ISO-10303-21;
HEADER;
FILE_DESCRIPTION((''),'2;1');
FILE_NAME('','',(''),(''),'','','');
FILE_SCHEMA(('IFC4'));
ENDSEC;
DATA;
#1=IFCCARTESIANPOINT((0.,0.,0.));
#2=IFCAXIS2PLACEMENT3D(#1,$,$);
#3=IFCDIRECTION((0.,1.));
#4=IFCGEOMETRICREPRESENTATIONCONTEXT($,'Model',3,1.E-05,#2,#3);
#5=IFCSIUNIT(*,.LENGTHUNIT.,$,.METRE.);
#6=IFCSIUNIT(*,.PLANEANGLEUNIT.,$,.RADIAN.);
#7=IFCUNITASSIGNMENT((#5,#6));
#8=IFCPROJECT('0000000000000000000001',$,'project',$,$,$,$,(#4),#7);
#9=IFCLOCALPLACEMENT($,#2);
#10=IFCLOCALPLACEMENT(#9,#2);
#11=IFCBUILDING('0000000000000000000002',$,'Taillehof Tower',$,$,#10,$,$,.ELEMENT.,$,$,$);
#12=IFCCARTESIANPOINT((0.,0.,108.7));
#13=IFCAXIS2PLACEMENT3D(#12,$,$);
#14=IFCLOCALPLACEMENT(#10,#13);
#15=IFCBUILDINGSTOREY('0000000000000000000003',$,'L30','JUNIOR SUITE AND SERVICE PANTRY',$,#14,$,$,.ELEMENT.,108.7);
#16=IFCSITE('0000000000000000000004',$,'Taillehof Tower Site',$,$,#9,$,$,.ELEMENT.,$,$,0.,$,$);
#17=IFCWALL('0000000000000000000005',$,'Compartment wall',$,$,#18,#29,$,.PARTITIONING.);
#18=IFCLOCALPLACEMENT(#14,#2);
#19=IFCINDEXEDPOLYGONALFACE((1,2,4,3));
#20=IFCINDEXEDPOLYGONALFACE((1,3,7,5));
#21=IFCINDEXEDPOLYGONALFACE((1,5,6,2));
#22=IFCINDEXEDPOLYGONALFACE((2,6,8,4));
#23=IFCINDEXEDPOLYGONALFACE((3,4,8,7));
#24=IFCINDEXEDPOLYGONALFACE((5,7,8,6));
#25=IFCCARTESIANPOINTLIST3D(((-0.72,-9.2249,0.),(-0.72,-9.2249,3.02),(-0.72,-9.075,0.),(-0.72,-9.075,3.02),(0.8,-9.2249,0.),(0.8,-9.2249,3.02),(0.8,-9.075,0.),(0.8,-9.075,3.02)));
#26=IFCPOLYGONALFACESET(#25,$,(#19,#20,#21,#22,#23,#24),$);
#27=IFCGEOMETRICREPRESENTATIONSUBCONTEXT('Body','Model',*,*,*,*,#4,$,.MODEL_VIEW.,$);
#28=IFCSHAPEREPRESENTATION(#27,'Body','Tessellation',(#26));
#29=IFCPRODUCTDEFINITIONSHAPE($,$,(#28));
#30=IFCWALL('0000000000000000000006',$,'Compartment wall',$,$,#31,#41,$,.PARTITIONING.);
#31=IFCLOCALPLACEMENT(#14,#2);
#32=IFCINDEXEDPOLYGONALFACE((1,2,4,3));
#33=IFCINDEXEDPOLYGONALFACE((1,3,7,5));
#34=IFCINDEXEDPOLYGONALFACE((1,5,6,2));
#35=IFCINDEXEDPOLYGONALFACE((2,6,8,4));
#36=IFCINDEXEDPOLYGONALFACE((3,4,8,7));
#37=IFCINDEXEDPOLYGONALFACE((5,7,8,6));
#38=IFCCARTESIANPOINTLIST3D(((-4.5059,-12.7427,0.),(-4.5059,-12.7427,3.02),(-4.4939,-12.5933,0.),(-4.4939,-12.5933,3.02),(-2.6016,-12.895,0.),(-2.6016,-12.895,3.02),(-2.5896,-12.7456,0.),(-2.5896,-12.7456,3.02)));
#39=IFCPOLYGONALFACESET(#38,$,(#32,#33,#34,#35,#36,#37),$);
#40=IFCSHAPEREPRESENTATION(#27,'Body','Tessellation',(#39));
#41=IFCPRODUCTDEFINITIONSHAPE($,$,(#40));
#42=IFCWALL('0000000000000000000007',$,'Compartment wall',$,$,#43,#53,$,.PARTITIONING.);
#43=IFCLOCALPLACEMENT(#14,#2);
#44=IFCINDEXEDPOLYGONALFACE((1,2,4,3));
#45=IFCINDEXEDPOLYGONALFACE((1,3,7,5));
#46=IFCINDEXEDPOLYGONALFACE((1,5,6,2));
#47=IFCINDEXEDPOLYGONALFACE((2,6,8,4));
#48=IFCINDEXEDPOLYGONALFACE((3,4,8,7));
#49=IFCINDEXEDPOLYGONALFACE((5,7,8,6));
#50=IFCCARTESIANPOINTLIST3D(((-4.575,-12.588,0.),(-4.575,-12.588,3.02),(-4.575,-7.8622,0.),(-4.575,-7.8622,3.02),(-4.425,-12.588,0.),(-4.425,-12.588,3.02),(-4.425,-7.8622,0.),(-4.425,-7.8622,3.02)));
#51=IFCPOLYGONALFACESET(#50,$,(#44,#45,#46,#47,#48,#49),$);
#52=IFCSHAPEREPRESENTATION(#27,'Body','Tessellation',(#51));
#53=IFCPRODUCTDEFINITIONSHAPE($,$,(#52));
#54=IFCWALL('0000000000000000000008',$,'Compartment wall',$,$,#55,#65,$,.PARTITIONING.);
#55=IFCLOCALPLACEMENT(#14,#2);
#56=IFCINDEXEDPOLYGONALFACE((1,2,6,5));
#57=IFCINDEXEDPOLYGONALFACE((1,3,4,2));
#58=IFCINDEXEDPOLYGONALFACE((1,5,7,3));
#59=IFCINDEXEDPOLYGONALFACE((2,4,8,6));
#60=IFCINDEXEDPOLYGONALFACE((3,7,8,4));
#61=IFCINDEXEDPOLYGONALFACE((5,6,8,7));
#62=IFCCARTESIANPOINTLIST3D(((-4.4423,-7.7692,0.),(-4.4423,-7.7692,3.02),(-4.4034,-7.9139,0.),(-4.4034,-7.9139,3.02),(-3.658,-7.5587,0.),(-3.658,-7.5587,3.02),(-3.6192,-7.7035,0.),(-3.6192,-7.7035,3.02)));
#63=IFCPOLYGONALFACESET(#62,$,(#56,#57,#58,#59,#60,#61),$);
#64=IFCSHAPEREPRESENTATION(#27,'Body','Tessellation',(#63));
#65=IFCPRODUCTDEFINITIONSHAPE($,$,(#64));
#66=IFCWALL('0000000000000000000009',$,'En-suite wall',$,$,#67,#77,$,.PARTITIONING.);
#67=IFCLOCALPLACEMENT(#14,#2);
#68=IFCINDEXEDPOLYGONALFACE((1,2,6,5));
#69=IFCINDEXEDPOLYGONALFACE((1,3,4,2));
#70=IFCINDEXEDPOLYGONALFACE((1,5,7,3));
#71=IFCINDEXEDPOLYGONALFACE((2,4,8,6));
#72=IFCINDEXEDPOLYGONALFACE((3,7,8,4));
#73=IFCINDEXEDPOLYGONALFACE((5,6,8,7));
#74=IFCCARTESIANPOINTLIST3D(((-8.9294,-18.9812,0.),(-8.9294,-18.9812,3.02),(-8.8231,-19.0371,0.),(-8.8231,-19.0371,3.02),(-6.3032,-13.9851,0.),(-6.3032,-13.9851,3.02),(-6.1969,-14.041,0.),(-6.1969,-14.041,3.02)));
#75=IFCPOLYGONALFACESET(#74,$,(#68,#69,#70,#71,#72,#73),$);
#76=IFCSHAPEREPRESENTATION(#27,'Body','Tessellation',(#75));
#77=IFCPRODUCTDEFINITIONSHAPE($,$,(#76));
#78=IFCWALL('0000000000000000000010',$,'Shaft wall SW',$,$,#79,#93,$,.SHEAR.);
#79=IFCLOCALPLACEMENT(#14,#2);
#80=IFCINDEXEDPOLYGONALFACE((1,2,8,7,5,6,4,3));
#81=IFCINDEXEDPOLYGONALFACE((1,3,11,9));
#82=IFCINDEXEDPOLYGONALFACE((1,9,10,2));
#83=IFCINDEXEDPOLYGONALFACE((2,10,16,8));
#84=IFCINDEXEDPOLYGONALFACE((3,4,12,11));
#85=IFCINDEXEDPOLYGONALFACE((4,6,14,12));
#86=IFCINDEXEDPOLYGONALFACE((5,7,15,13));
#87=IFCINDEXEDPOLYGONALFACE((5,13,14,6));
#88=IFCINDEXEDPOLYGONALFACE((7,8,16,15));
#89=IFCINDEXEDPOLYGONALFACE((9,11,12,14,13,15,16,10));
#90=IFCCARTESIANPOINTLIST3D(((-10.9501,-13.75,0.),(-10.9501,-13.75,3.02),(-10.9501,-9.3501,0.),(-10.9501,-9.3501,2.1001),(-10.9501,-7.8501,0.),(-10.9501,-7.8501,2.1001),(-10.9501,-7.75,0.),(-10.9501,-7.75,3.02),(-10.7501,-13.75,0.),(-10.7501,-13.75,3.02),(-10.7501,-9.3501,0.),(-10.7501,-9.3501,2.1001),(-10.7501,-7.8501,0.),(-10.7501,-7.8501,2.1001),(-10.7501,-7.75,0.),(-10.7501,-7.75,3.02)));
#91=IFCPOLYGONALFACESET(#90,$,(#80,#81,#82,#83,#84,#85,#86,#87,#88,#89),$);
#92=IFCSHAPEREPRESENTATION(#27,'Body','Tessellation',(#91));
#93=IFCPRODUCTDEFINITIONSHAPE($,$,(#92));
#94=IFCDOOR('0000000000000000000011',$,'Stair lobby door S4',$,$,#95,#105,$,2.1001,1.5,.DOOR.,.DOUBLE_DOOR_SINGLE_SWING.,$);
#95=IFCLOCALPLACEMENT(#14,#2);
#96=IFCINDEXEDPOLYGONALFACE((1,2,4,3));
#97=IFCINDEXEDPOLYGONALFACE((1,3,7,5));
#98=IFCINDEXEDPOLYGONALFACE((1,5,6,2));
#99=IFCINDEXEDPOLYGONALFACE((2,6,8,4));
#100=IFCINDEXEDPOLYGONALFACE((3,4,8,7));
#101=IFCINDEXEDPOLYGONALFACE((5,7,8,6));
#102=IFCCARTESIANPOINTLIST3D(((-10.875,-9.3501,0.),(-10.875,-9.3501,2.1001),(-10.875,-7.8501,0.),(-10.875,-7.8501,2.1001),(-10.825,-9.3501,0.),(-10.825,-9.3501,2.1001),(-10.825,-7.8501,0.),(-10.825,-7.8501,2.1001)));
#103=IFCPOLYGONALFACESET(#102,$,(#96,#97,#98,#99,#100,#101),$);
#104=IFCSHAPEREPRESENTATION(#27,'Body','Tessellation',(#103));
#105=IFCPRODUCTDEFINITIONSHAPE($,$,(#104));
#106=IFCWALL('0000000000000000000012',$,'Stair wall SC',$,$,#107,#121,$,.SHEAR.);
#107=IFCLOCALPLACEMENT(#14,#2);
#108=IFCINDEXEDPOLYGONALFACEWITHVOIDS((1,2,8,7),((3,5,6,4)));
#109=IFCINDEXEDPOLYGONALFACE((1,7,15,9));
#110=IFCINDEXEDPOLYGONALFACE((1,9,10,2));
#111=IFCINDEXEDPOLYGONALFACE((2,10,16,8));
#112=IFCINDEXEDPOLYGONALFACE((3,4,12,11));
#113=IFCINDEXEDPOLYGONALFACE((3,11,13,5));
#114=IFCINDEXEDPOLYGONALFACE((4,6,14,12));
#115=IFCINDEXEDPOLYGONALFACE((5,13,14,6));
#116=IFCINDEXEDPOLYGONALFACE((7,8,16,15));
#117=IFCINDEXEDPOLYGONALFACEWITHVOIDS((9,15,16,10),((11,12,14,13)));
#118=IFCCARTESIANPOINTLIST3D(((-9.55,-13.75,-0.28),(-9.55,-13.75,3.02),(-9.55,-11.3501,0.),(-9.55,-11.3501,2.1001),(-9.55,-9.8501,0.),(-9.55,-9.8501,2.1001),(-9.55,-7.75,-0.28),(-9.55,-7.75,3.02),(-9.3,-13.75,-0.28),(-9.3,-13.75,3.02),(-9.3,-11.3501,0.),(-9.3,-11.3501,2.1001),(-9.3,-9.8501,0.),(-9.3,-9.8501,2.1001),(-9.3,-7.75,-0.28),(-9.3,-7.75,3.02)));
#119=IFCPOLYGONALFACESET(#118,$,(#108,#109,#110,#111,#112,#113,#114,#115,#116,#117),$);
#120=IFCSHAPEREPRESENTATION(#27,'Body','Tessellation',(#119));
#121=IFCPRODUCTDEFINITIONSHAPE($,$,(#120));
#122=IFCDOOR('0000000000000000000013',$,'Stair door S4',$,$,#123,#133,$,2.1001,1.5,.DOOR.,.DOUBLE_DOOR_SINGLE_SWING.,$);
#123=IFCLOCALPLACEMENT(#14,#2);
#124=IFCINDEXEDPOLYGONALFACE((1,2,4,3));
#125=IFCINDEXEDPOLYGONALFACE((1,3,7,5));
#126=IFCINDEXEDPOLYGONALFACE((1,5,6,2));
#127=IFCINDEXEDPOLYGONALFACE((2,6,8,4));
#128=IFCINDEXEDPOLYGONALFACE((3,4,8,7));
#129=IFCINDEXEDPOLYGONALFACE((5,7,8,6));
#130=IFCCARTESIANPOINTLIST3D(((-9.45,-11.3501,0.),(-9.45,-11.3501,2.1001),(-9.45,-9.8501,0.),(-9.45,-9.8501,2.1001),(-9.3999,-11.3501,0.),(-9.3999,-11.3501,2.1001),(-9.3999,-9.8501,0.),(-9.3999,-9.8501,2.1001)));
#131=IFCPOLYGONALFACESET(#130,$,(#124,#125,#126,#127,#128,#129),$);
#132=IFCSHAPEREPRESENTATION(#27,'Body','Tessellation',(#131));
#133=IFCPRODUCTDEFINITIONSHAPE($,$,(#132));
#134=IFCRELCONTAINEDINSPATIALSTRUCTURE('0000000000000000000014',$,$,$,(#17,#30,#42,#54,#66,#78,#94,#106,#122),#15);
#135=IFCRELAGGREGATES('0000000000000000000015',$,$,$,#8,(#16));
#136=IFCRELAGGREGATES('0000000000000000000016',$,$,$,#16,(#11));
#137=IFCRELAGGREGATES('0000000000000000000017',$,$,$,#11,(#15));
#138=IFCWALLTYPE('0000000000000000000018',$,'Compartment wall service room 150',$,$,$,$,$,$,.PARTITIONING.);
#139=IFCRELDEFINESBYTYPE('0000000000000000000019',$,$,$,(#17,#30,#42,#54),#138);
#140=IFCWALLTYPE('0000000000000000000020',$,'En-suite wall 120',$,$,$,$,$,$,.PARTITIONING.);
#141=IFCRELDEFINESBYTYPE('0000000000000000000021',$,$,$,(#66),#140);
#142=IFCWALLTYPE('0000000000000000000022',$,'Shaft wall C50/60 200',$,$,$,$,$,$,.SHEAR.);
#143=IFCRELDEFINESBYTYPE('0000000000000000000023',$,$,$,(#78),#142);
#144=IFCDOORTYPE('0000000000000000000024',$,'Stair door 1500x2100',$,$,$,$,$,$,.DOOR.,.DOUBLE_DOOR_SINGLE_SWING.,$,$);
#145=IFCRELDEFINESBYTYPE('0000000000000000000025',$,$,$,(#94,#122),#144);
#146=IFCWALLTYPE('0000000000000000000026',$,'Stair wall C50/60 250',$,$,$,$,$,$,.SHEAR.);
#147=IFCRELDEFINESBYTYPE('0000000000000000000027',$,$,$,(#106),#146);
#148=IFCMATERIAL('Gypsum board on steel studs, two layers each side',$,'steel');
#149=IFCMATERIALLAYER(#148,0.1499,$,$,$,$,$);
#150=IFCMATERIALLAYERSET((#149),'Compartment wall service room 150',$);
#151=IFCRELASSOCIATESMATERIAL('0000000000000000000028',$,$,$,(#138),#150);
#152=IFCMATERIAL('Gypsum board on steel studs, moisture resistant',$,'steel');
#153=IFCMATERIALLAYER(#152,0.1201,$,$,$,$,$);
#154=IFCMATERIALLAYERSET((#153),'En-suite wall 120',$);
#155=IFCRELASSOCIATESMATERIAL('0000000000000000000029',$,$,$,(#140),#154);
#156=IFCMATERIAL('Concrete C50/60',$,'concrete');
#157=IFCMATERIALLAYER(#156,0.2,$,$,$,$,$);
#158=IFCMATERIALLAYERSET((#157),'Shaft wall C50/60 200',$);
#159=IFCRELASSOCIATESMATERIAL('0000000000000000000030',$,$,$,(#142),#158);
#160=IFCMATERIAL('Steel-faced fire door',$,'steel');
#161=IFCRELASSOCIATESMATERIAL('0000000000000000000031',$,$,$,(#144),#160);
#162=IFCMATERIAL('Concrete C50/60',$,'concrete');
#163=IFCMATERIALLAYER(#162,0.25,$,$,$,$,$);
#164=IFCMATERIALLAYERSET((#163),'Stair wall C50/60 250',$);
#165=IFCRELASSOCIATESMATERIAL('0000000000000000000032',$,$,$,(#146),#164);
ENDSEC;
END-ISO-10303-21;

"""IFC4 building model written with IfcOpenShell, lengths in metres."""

from ifc_helpers import new_model, si_unit, direction, frame, frame_2d, origin, place, context, subcontext, project, spatial, rectangle, extrude, material, layer, layer_set, type_object, element, fill, save


model = new_model("IFC4")

# Units and contexts
model_context = context("Model", 3, precision=1e-05, world=origin(), true_north=direction((0.0, 1.0)))
body_context = subcontext(model_context, "Body", "Model", "MODEL_VIEW")
ifc_project = project(units=[si_unit("LENGTHUNIT", "METRE"), si_unit("PLANEANGLEUNIT", "RADIAN")], contexts=[model_context])

# Site, building, storey
site_placement = place(None, origin())
site = spatial("IfcSite", under=ifc_project, at=site_placement, Name="Taillehof Tower Site", CompositionType="ELEMENT", RefElevation=0.0)
building_placement = place(site_placement, origin())
building = spatial("IfcBuilding", under=site, at=building_placement, Name="Taillehof Tower", CompositionType="ELEMENT")
storey_placement = place(building_placement, frame((0.0, 0.0, 108.7)))
storey = spatial("IfcBuildingStorey", under=building, at=storey_placement, Name="L30", Description="JUNIOR SUITE AND SERVICE PANTRY", CompositionType="ELEMENT", Elevation=108.7)

# Walls
ifc_material_1 = material(Name="Gypsum board on steel studs, two layers each side", Category="steel")
ifc_layer_1 = layer(ifc_material_1, 0.1499)
ifc_layer_set_1 = layer_set([ifc_layer_1], Name="Compartment wall service room 150")
wall_type_1 = type_object("IfcWallType", Name="Compartment wall service room 150", PredefinedType="PARTITIONING", material=ifc_layer_set_1)
wall_1_placement = place(storey_placement, frame((-0.72, -9.1499, 0.0), z_axis=(0.0, 0.0, 1.0), x_axis=(1.0, 0.0, 0.0)))
element("IfcWall", 1, at=wall_1_placement, inside=storey, type_object=wall_type_1, Name="Compartment wall", PredefinedType="PARTITIONING", context=body_context, shape_type="SweptSolid", body=[
    extrude(rectangle(XDim=1.52, YDim=0.1499, at=frame_2d((0.76, 0.0))), origin(), (0.0, 0.0, 1.0), 3.02),
])
wall_2_placement = place(storey_placement, frame((-2.5957, -12.8203, 0.0), z_axis=(0.0, 0.0, 1.0), x_axis=(-0.996815, 0.079745, 0.0)))
element("IfcWall", 2, at=wall_2_placement, inside=storey, type_object=wall_type_1, Name="Compartment wall", PredefinedType="PARTITIONING", context=body_context, shape_type="SweptSolid", body=[
    extrude(rectangle(XDim=1.9104, YDim=0.1499, at=frame_2d((0.9551, 0.0))), origin(), (0.0, 0.0, 1.0), 3.02),
])
wall_3_placement = place(storey_placement, frame((-4.5, -12.5879, 0.0), z_axis=(0.0, 0.0, 1.0), x_axis=(0.0, 1.0, 0.0)))
element("IfcWall", 3, at=wall_3_placement, inside=storey, type_object=wall_type_1, Name="Compartment wall", PredefinedType="PARTITIONING", context=body_context, shape_type="SweptSolid", body=[
    extrude(rectangle(XDim=4.7258, YDim=0.1499, at=frame_2d((2.3628, 0.0))), origin(), (0.0, 0.0, 1.0), 3.02),
])
wall_4_placement = place(storey_placement, frame((-4.4229, -7.8416, 0.0), z_axis=(0.0, 0.0, 1.0), x_axis=(0.965824, 0.259197, 0.0)))
element("IfcWall", 4, at=wall_4_placement, inside=storey, type_object=wall_type_1, Name="Compartment wall", PredefinedType="PARTITIONING", context=body_context, shape_type="SweptSolid", body=[
    extrude(rectangle(XDim=0.812, YDim=0.1499, at=frame_2d((0.406, 0.0))), origin(), (0.0, 0.0, 1.0), 3.02),
])
ifc_material_2 = material(Name="Gypsum board on steel studs, moisture resistant", Category="steel")
ifc_layer_2 = layer(ifc_material_2, 0.1201)
ifc_layer_set_2 = layer_set([ifc_layer_2], Name="En-suite wall 120")
wall_type_2 = type_object("IfcWallType", Name="En-suite wall 120", PredefinedType="PARTITIONING", material=ifc_layer_set_2)
wall_5_placement = place(storey_placement, frame((-6.25, -14.0129, 0.0), z_axis=(0.0, 0.0, 1.0), x_axis=(-0.465288, -0.885159, 0.0)))
element("IfcWall", 5, at=wall_5_placement, inside=storey, type_object=wall_type_2, Name="En-suite wall", PredefinedType="PARTITIONING", context=body_context, shape_type="SweptSolid", body=[
    extrude(rectangle(XDim=5.6443, YDim=0.1201, at=frame_2d((2.8223, 0.0))), origin(), (0.0, 0.0, 1.0), 3.02),
])

# Walls, openings, doors
ifc_material_3 = material(Name="Concrete C50/60", Category="concrete")
ifc_layer_3 = layer(ifc_material_3, 0.2)
ifc_layer_set_3 = layer_set([ifc_layer_3], Name="Shaft wall C50/60 200")
wall_type_3 = type_object("IfcWallType", Name="Shaft wall C50/60 200", PredefinedType="SHEAR", material=ifc_layer_set_3)
wall_6_placement = place(storey_placement, frame((-10.8501, -13.75, 0.0), z_axis=(0.0, 0.0, 1.0), x_axis=(0.0, 1.0, 0.0)))
wall_6 = element("IfcWall", 6, at=wall_6_placement, inside=storey, type_object=wall_type_3, Name="Shaft wall SW", PredefinedType="SHEAR", context=body_context, shape_type="SweptSolid", body=[
    extrude(rectangle(XDim=6.0, YDim=0.2, at=frame_2d((3.0, 0.0))), origin(), (0.0, 0.0, 1.0), 3.02),
])
opening_1_placement = place(wall_6_placement, frame((4.3999, 0.0, 0.0)))
opening_1 = element("IfcOpeningElement", 7, at=opening_1_placement, cuts=wall_6, PredefinedType="OPENING", context=body_context, shape_type="SweptSolid", body=[
    extrude(rectangle(XDim=1.5, YDim=2.1001, at=frame_2d((0.75, 1.05))), frame((0.0, 0.1099, 0.0), z_axis=(0.0, -1.0, 0.0), x_axis=(1.0, 0.0, 0.0)), (0.0, 0.0, 1.0), 0.22),
])
ifc_material_4 = material(Name="Steel-faced fire door", Category="steel")
door_type = type_object("IfcDoorType", Name="Stair door 1500x2100", OperationType="DOUBLE_DOOR_SINGLE_SWING", PredefinedType="DOOR", material=ifc_material_4)
door_1_placement = place(opening_1_placement, origin())
door_1 = element("IfcDoor", 8, at=door_1_placement, inside=storey, type_object=door_type, Name="Stair lobby door S4", OperationType="DOUBLE_DOOR_SINGLE_SWING", OverallHeight=2.1001, OverallWidth=1.5, PredefinedType="DOOR", context=body_context, shape_type="SweptSolid", body=[
    extrude(rectangle(XDim=1.5, YDim=2.1001, at=frame_2d((0.75, 1.05))), frame((0.0, 0.0249, 0.0), z_axis=(0.0, -1.0, 0.0), x_axis=(1.0, 0.0, 0.0)), (0.0, 0.0, 1.0), 0.05),
])
fill(opening_1, door_1)
ifc_material_5 = material(Name="Concrete C50/60", Category="concrete")
ifc_layer_4 = layer(ifc_material_5, 0.25)
ifc_layer_set_4 = layer_set([ifc_layer_4], Name="Stair wall C50/60 250")
wall_type_4 = type_object("IfcWallType", Name="Stair wall C50/60 250", PredefinedType="SHEAR", material=ifc_layer_set_4)
wall_7_placement = place(storey_placement, frame((-9.425, -13.75, -0.28), z_axis=(0.0, 0.0, 1.0), x_axis=(0.0, 1.0, 0.0)))
wall_7 = element("IfcWall", 9, at=wall_7_placement, inside=storey, type_object=wall_type_4, Name="Stair wall SC", PredefinedType="SHEAR", context=body_context, shape_type="SweptSolid", body=[
    extrude(rectangle(XDim=6.0, YDim=0.25, at=frame_2d((3.0, 0.0))), origin(), (0.0, 0.0, 1.0), 3.3),
])
opening_2_placement = place(wall_7_placement, frame((2.3999, 0.0, 0.28)))
opening_2 = element("IfcOpeningElement", 10, at=opening_2_placement, cuts=wall_7, PredefinedType="OPENING", context=body_context, shape_type="SweptSolid", body=[
    extrude(rectangle(XDim=1.5, YDim=2.1001, at=frame_2d((0.75, 1.05))), frame((0.0, 0.135, 0.0), z_axis=(0.0, -1.0, 0.0), x_axis=(1.0, 0.0, 0.0)), (0.0, 0.0, 1.0), 0.27),
])
door_2_placement = place(opening_2_placement, origin())
door_2 = element("IfcDoor", 11, at=door_2_placement, inside=storey, type_object=door_type, Name="Stair door S4", OperationType="DOUBLE_DOOR_SINGLE_SWING", OverallHeight=2.1001, OverallWidth=1.5, PredefinedType="DOOR", context=body_context, shape_type="SweptSolid", body=[
    extrude(rectangle(XDim=1.5, YDim=2.1001, at=frame_2d((0.75, 1.05))), frame((0.0, 0.0249, 0.0), z_axis=(0.0, -1.0, 0.0), x_axis=(1.0, 0.0, 0.0)), (0.0, 0.0, 1.0), 0.05),
])
fill(opening_2, door_2)

save(model, "model.ifc")
